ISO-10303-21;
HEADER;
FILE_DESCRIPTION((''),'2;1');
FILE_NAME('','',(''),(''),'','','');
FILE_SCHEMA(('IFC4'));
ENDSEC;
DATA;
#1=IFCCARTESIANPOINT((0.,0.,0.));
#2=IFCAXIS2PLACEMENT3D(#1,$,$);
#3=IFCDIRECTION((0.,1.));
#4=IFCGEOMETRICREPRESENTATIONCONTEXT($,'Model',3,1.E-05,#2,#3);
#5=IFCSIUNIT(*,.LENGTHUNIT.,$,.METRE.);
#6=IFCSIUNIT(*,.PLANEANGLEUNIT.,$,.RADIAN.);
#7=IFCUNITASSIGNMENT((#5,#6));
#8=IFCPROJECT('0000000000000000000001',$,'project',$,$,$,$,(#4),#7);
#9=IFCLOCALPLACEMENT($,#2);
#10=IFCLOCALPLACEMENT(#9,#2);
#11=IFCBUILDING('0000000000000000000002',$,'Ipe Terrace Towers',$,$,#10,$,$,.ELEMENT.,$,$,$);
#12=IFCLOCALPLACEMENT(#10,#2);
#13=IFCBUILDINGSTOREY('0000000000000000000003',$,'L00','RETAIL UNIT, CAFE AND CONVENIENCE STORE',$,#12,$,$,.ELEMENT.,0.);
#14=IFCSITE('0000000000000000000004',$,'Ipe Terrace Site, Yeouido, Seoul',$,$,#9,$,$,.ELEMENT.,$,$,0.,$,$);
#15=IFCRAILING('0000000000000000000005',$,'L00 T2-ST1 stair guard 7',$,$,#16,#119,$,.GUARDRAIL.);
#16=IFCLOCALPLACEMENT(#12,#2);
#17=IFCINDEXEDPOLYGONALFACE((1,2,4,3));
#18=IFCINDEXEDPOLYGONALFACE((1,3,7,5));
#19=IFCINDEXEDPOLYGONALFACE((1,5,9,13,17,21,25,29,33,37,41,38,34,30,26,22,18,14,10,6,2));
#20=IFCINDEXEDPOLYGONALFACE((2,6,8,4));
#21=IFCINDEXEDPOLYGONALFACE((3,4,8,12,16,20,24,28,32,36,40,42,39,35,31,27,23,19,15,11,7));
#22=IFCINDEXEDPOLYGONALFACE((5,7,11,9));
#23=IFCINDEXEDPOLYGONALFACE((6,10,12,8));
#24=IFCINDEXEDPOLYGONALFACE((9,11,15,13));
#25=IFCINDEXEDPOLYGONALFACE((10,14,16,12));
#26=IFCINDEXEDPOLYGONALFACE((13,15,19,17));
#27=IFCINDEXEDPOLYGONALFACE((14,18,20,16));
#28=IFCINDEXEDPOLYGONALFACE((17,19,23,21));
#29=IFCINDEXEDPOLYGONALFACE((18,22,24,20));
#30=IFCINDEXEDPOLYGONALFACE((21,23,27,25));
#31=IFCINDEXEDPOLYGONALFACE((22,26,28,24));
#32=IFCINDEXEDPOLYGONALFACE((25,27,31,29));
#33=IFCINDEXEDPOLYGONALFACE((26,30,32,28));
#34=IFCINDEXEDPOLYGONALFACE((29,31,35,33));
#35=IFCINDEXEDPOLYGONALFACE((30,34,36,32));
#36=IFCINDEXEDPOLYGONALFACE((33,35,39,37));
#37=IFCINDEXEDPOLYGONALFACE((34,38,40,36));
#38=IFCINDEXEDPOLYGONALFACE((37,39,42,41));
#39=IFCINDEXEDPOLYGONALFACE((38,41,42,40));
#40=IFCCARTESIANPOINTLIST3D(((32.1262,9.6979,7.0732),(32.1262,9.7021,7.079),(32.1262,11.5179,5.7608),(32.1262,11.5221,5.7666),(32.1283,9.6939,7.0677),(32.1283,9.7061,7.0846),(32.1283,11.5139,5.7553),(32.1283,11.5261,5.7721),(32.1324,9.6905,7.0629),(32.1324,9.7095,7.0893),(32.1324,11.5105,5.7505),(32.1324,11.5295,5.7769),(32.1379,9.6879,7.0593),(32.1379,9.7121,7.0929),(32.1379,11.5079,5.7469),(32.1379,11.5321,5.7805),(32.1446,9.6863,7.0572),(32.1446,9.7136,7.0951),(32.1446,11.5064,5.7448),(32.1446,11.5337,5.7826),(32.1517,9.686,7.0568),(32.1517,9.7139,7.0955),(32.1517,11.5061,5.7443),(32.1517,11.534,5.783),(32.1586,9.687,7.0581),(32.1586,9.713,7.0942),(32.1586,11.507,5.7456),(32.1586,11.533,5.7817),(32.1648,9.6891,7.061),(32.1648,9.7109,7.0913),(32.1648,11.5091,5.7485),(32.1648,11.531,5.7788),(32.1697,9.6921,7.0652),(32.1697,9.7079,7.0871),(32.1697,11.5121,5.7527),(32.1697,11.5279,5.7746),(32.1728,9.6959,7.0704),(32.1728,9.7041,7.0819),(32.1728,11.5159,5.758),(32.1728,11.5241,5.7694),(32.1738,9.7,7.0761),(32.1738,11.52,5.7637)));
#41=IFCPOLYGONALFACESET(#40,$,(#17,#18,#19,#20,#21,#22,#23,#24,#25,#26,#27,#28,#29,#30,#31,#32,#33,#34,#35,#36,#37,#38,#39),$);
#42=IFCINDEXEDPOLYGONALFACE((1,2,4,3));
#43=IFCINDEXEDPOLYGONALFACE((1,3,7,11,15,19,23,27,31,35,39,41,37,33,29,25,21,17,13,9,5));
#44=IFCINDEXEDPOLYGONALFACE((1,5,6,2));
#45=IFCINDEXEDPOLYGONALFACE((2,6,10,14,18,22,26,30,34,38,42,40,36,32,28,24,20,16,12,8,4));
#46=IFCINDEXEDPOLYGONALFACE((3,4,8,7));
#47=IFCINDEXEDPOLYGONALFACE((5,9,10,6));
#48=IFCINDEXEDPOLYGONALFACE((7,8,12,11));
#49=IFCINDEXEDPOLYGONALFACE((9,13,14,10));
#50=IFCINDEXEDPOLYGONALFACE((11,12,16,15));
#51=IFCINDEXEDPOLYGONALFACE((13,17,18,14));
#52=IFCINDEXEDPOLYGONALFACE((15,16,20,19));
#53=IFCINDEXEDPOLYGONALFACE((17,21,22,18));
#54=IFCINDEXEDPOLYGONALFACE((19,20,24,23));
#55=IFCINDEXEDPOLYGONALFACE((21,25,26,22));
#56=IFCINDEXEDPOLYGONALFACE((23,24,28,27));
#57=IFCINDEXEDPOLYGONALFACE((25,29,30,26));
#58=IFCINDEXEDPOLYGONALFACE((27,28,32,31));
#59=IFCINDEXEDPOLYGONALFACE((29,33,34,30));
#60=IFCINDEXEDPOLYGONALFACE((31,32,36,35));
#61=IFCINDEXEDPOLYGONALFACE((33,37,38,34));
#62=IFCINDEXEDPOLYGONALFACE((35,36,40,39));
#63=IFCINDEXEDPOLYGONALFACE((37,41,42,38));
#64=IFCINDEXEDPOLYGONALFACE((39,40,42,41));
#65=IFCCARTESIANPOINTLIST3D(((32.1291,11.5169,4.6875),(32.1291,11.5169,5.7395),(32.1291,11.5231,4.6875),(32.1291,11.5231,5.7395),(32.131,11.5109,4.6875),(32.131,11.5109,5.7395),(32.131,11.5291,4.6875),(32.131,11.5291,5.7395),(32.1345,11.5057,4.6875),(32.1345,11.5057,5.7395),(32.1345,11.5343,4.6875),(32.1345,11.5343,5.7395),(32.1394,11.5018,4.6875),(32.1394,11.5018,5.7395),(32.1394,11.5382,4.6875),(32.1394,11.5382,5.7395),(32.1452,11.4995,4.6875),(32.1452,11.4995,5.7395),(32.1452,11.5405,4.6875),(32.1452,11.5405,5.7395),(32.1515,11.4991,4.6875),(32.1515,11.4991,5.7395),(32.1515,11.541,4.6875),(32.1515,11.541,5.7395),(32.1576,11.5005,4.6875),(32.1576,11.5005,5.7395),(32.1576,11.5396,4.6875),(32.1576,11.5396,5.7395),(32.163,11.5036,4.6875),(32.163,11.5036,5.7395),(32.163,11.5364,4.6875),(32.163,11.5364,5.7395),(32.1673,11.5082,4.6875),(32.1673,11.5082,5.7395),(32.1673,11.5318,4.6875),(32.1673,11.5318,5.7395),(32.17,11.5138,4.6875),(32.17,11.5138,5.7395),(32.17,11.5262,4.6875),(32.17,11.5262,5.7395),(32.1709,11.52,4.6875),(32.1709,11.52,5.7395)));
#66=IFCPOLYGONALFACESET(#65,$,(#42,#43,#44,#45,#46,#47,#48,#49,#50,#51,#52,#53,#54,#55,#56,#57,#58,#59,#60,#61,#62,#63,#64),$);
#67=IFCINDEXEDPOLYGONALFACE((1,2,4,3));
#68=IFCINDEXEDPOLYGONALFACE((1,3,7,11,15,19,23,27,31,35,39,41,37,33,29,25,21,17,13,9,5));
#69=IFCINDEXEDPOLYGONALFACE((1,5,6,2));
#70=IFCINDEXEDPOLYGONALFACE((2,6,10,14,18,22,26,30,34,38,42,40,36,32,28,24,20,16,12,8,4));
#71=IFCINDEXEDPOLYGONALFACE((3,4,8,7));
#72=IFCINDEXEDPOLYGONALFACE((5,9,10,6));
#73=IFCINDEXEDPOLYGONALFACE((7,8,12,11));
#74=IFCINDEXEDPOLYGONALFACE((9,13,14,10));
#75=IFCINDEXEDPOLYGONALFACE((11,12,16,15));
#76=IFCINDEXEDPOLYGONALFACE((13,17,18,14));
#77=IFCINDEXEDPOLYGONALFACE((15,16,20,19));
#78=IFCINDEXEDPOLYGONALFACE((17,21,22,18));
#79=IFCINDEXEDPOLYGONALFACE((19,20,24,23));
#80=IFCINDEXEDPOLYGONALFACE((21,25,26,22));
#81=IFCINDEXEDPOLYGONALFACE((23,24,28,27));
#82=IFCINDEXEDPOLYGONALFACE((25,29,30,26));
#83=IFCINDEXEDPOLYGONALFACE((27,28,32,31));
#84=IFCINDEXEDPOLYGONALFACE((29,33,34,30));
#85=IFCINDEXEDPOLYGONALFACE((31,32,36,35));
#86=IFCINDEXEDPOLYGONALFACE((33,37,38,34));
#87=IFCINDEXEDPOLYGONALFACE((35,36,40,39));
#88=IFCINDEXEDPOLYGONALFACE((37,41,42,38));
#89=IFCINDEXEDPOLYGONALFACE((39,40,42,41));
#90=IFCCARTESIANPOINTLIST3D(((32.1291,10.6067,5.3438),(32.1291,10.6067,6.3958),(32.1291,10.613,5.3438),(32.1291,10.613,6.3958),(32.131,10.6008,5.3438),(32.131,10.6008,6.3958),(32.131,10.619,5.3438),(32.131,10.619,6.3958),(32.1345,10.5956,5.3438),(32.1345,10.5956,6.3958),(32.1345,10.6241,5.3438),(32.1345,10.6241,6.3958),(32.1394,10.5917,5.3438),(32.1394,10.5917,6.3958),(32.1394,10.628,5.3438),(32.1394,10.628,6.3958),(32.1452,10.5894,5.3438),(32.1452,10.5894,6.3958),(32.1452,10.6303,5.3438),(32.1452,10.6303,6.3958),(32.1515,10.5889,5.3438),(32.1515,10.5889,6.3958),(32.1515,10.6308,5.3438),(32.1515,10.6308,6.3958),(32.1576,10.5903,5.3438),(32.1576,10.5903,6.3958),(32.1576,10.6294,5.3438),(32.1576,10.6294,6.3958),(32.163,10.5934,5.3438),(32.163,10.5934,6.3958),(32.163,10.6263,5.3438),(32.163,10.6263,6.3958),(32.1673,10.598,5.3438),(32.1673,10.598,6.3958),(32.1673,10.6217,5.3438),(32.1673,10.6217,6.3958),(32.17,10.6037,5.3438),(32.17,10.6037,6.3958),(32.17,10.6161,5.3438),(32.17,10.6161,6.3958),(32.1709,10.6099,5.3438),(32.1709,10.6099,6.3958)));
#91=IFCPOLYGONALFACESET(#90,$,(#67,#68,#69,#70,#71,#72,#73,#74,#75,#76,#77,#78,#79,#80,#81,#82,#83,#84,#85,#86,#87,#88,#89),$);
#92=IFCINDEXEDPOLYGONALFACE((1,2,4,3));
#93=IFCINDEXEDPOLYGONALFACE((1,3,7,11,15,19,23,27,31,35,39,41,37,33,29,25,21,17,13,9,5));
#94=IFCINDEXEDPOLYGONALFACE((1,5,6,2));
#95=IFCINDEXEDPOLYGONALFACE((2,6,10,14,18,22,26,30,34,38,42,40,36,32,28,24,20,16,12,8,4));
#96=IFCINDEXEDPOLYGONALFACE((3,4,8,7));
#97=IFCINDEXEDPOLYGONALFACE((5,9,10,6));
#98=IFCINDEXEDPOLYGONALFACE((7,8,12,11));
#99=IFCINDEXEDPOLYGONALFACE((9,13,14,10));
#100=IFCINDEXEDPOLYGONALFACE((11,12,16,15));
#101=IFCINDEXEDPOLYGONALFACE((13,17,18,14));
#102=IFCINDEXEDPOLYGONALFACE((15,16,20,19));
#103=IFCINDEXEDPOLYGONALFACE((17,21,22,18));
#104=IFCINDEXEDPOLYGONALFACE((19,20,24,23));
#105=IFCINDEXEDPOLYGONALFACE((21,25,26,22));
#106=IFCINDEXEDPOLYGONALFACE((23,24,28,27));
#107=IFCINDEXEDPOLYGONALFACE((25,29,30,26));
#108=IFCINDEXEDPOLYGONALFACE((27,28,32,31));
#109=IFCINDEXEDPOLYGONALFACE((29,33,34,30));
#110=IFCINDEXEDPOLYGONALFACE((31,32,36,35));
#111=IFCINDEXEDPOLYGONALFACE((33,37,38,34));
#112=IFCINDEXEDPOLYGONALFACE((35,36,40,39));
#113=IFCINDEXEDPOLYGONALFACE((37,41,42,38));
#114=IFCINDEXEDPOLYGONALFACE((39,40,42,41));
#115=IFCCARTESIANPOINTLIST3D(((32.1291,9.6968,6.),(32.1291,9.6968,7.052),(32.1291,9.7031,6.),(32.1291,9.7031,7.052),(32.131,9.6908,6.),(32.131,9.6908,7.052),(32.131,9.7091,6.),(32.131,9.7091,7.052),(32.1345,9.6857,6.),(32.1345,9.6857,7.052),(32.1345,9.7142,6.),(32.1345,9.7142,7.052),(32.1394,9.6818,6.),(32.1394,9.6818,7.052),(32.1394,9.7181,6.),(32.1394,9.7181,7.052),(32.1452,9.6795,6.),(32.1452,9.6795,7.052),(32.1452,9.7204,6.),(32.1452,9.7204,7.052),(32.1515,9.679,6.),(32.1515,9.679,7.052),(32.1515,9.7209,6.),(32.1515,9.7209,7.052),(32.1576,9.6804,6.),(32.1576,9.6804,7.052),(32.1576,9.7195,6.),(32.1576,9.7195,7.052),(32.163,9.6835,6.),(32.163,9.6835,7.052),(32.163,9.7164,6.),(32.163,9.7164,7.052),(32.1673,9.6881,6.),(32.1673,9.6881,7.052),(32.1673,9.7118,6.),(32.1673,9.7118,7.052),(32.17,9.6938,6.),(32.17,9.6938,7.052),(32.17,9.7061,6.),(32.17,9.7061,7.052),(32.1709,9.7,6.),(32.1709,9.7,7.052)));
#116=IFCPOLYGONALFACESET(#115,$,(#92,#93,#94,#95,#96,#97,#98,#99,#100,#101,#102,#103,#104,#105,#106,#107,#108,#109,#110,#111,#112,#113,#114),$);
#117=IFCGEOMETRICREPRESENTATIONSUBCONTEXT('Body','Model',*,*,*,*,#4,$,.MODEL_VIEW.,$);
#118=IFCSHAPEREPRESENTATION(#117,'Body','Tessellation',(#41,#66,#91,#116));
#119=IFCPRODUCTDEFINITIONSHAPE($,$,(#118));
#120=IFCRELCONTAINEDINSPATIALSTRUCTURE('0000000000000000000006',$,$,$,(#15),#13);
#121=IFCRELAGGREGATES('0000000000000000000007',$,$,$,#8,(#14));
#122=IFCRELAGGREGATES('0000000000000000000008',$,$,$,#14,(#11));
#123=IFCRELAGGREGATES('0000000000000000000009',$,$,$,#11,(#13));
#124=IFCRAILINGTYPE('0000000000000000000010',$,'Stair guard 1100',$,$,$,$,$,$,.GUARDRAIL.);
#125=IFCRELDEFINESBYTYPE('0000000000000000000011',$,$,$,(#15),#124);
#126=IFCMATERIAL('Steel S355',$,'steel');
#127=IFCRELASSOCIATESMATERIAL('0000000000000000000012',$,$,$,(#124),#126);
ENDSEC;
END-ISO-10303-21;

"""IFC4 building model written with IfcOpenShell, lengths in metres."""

from ifc_helpers import new_model, si_unit, direction, frame, origin, origin_2d, place, context, subcontext, project, spatial, circle, extrude, material, type_object, element, save


model = new_model("IFC4")

# Units and contexts
model_context = context("Model", 3, precision=1e-05, world=origin(), true_north=direction((0.0, 1.0)))
body_context = subcontext(model_context, "Body", "Model", "MODEL_VIEW")
ifc_project = project(units=[si_unit("LENGTHUNIT", "METRE"), si_unit("PLANEANGLEUNIT", "RADIAN")], contexts=[model_context])

# Site, building, storey
site_placement = place(None, origin())
site = spatial("IfcSite", under=ifc_project, at=site_placement, Name="Ipe Terrace Site, Yeouido, Seoul", CompositionType="ELEMENT", RefElevation=0.0)
building_placement = place(site_placement, origin())
building = spatial("IfcBuilding", under=site, at=building_placement, Name="Ipe Terrace Towers", CompositionType="ELEMENT")
storey_placement = place(building_placement, origin())
storey = spatial("IfcBuildingStorey", under=building, at=storey_placement, Name="L00", Description="RETAIL UNIT, CAFE AND CONVENIENCE STORE", CompositionType="ELEMENT", Elevation=0.0)

# Railing
ifc_material_1 = material(Name="Steel S355", Category="steel")
railing_type_1 = type_object("IfcRailingType", Name="Stair guard 1100", PredefinedType="GUARDRAIL", material=ifc_material_1)
railing_1_placement = place(storey_placement, frame((32.1499, 11.52, 4.6875)))
element("IfcRailing", 1, at=railing_1_placement, inside=storey, type_object=railing_type_1, Name="L00 T2-ST1 stair guard 7", PredefinedType="GUARDRAIL", context=body_context, shape_type="SweptSolid", body=[
    extrude(circle(Radius=0.0239, at=origin_2d()), frame((0.0, 0.0, 1.0762), z_axis=(0.0, -0.811101, 0.584906), x_axis=(1.0, 0.0, 0.0)), (0.0, 0.0, 1.0), 2.2439),
    extrude(circle(Radius=0.021, at=origin_2d()), origin(), (0.0, 0.0, 1.0), 1.052),
    extrude(circle(Radius=0.021, at=origin_2d()), frame((0.0, -0.9102, 0.6562)), (0.0, 0.0, 1.0), 1.052),
    extrude(circle(Radius=0.021, at=origin_2d()), frame((0.0, -1.8201, 1.3125)), (0.0, 0.0, 1.0), 1.052),
])

save(model, "model.ifc")
